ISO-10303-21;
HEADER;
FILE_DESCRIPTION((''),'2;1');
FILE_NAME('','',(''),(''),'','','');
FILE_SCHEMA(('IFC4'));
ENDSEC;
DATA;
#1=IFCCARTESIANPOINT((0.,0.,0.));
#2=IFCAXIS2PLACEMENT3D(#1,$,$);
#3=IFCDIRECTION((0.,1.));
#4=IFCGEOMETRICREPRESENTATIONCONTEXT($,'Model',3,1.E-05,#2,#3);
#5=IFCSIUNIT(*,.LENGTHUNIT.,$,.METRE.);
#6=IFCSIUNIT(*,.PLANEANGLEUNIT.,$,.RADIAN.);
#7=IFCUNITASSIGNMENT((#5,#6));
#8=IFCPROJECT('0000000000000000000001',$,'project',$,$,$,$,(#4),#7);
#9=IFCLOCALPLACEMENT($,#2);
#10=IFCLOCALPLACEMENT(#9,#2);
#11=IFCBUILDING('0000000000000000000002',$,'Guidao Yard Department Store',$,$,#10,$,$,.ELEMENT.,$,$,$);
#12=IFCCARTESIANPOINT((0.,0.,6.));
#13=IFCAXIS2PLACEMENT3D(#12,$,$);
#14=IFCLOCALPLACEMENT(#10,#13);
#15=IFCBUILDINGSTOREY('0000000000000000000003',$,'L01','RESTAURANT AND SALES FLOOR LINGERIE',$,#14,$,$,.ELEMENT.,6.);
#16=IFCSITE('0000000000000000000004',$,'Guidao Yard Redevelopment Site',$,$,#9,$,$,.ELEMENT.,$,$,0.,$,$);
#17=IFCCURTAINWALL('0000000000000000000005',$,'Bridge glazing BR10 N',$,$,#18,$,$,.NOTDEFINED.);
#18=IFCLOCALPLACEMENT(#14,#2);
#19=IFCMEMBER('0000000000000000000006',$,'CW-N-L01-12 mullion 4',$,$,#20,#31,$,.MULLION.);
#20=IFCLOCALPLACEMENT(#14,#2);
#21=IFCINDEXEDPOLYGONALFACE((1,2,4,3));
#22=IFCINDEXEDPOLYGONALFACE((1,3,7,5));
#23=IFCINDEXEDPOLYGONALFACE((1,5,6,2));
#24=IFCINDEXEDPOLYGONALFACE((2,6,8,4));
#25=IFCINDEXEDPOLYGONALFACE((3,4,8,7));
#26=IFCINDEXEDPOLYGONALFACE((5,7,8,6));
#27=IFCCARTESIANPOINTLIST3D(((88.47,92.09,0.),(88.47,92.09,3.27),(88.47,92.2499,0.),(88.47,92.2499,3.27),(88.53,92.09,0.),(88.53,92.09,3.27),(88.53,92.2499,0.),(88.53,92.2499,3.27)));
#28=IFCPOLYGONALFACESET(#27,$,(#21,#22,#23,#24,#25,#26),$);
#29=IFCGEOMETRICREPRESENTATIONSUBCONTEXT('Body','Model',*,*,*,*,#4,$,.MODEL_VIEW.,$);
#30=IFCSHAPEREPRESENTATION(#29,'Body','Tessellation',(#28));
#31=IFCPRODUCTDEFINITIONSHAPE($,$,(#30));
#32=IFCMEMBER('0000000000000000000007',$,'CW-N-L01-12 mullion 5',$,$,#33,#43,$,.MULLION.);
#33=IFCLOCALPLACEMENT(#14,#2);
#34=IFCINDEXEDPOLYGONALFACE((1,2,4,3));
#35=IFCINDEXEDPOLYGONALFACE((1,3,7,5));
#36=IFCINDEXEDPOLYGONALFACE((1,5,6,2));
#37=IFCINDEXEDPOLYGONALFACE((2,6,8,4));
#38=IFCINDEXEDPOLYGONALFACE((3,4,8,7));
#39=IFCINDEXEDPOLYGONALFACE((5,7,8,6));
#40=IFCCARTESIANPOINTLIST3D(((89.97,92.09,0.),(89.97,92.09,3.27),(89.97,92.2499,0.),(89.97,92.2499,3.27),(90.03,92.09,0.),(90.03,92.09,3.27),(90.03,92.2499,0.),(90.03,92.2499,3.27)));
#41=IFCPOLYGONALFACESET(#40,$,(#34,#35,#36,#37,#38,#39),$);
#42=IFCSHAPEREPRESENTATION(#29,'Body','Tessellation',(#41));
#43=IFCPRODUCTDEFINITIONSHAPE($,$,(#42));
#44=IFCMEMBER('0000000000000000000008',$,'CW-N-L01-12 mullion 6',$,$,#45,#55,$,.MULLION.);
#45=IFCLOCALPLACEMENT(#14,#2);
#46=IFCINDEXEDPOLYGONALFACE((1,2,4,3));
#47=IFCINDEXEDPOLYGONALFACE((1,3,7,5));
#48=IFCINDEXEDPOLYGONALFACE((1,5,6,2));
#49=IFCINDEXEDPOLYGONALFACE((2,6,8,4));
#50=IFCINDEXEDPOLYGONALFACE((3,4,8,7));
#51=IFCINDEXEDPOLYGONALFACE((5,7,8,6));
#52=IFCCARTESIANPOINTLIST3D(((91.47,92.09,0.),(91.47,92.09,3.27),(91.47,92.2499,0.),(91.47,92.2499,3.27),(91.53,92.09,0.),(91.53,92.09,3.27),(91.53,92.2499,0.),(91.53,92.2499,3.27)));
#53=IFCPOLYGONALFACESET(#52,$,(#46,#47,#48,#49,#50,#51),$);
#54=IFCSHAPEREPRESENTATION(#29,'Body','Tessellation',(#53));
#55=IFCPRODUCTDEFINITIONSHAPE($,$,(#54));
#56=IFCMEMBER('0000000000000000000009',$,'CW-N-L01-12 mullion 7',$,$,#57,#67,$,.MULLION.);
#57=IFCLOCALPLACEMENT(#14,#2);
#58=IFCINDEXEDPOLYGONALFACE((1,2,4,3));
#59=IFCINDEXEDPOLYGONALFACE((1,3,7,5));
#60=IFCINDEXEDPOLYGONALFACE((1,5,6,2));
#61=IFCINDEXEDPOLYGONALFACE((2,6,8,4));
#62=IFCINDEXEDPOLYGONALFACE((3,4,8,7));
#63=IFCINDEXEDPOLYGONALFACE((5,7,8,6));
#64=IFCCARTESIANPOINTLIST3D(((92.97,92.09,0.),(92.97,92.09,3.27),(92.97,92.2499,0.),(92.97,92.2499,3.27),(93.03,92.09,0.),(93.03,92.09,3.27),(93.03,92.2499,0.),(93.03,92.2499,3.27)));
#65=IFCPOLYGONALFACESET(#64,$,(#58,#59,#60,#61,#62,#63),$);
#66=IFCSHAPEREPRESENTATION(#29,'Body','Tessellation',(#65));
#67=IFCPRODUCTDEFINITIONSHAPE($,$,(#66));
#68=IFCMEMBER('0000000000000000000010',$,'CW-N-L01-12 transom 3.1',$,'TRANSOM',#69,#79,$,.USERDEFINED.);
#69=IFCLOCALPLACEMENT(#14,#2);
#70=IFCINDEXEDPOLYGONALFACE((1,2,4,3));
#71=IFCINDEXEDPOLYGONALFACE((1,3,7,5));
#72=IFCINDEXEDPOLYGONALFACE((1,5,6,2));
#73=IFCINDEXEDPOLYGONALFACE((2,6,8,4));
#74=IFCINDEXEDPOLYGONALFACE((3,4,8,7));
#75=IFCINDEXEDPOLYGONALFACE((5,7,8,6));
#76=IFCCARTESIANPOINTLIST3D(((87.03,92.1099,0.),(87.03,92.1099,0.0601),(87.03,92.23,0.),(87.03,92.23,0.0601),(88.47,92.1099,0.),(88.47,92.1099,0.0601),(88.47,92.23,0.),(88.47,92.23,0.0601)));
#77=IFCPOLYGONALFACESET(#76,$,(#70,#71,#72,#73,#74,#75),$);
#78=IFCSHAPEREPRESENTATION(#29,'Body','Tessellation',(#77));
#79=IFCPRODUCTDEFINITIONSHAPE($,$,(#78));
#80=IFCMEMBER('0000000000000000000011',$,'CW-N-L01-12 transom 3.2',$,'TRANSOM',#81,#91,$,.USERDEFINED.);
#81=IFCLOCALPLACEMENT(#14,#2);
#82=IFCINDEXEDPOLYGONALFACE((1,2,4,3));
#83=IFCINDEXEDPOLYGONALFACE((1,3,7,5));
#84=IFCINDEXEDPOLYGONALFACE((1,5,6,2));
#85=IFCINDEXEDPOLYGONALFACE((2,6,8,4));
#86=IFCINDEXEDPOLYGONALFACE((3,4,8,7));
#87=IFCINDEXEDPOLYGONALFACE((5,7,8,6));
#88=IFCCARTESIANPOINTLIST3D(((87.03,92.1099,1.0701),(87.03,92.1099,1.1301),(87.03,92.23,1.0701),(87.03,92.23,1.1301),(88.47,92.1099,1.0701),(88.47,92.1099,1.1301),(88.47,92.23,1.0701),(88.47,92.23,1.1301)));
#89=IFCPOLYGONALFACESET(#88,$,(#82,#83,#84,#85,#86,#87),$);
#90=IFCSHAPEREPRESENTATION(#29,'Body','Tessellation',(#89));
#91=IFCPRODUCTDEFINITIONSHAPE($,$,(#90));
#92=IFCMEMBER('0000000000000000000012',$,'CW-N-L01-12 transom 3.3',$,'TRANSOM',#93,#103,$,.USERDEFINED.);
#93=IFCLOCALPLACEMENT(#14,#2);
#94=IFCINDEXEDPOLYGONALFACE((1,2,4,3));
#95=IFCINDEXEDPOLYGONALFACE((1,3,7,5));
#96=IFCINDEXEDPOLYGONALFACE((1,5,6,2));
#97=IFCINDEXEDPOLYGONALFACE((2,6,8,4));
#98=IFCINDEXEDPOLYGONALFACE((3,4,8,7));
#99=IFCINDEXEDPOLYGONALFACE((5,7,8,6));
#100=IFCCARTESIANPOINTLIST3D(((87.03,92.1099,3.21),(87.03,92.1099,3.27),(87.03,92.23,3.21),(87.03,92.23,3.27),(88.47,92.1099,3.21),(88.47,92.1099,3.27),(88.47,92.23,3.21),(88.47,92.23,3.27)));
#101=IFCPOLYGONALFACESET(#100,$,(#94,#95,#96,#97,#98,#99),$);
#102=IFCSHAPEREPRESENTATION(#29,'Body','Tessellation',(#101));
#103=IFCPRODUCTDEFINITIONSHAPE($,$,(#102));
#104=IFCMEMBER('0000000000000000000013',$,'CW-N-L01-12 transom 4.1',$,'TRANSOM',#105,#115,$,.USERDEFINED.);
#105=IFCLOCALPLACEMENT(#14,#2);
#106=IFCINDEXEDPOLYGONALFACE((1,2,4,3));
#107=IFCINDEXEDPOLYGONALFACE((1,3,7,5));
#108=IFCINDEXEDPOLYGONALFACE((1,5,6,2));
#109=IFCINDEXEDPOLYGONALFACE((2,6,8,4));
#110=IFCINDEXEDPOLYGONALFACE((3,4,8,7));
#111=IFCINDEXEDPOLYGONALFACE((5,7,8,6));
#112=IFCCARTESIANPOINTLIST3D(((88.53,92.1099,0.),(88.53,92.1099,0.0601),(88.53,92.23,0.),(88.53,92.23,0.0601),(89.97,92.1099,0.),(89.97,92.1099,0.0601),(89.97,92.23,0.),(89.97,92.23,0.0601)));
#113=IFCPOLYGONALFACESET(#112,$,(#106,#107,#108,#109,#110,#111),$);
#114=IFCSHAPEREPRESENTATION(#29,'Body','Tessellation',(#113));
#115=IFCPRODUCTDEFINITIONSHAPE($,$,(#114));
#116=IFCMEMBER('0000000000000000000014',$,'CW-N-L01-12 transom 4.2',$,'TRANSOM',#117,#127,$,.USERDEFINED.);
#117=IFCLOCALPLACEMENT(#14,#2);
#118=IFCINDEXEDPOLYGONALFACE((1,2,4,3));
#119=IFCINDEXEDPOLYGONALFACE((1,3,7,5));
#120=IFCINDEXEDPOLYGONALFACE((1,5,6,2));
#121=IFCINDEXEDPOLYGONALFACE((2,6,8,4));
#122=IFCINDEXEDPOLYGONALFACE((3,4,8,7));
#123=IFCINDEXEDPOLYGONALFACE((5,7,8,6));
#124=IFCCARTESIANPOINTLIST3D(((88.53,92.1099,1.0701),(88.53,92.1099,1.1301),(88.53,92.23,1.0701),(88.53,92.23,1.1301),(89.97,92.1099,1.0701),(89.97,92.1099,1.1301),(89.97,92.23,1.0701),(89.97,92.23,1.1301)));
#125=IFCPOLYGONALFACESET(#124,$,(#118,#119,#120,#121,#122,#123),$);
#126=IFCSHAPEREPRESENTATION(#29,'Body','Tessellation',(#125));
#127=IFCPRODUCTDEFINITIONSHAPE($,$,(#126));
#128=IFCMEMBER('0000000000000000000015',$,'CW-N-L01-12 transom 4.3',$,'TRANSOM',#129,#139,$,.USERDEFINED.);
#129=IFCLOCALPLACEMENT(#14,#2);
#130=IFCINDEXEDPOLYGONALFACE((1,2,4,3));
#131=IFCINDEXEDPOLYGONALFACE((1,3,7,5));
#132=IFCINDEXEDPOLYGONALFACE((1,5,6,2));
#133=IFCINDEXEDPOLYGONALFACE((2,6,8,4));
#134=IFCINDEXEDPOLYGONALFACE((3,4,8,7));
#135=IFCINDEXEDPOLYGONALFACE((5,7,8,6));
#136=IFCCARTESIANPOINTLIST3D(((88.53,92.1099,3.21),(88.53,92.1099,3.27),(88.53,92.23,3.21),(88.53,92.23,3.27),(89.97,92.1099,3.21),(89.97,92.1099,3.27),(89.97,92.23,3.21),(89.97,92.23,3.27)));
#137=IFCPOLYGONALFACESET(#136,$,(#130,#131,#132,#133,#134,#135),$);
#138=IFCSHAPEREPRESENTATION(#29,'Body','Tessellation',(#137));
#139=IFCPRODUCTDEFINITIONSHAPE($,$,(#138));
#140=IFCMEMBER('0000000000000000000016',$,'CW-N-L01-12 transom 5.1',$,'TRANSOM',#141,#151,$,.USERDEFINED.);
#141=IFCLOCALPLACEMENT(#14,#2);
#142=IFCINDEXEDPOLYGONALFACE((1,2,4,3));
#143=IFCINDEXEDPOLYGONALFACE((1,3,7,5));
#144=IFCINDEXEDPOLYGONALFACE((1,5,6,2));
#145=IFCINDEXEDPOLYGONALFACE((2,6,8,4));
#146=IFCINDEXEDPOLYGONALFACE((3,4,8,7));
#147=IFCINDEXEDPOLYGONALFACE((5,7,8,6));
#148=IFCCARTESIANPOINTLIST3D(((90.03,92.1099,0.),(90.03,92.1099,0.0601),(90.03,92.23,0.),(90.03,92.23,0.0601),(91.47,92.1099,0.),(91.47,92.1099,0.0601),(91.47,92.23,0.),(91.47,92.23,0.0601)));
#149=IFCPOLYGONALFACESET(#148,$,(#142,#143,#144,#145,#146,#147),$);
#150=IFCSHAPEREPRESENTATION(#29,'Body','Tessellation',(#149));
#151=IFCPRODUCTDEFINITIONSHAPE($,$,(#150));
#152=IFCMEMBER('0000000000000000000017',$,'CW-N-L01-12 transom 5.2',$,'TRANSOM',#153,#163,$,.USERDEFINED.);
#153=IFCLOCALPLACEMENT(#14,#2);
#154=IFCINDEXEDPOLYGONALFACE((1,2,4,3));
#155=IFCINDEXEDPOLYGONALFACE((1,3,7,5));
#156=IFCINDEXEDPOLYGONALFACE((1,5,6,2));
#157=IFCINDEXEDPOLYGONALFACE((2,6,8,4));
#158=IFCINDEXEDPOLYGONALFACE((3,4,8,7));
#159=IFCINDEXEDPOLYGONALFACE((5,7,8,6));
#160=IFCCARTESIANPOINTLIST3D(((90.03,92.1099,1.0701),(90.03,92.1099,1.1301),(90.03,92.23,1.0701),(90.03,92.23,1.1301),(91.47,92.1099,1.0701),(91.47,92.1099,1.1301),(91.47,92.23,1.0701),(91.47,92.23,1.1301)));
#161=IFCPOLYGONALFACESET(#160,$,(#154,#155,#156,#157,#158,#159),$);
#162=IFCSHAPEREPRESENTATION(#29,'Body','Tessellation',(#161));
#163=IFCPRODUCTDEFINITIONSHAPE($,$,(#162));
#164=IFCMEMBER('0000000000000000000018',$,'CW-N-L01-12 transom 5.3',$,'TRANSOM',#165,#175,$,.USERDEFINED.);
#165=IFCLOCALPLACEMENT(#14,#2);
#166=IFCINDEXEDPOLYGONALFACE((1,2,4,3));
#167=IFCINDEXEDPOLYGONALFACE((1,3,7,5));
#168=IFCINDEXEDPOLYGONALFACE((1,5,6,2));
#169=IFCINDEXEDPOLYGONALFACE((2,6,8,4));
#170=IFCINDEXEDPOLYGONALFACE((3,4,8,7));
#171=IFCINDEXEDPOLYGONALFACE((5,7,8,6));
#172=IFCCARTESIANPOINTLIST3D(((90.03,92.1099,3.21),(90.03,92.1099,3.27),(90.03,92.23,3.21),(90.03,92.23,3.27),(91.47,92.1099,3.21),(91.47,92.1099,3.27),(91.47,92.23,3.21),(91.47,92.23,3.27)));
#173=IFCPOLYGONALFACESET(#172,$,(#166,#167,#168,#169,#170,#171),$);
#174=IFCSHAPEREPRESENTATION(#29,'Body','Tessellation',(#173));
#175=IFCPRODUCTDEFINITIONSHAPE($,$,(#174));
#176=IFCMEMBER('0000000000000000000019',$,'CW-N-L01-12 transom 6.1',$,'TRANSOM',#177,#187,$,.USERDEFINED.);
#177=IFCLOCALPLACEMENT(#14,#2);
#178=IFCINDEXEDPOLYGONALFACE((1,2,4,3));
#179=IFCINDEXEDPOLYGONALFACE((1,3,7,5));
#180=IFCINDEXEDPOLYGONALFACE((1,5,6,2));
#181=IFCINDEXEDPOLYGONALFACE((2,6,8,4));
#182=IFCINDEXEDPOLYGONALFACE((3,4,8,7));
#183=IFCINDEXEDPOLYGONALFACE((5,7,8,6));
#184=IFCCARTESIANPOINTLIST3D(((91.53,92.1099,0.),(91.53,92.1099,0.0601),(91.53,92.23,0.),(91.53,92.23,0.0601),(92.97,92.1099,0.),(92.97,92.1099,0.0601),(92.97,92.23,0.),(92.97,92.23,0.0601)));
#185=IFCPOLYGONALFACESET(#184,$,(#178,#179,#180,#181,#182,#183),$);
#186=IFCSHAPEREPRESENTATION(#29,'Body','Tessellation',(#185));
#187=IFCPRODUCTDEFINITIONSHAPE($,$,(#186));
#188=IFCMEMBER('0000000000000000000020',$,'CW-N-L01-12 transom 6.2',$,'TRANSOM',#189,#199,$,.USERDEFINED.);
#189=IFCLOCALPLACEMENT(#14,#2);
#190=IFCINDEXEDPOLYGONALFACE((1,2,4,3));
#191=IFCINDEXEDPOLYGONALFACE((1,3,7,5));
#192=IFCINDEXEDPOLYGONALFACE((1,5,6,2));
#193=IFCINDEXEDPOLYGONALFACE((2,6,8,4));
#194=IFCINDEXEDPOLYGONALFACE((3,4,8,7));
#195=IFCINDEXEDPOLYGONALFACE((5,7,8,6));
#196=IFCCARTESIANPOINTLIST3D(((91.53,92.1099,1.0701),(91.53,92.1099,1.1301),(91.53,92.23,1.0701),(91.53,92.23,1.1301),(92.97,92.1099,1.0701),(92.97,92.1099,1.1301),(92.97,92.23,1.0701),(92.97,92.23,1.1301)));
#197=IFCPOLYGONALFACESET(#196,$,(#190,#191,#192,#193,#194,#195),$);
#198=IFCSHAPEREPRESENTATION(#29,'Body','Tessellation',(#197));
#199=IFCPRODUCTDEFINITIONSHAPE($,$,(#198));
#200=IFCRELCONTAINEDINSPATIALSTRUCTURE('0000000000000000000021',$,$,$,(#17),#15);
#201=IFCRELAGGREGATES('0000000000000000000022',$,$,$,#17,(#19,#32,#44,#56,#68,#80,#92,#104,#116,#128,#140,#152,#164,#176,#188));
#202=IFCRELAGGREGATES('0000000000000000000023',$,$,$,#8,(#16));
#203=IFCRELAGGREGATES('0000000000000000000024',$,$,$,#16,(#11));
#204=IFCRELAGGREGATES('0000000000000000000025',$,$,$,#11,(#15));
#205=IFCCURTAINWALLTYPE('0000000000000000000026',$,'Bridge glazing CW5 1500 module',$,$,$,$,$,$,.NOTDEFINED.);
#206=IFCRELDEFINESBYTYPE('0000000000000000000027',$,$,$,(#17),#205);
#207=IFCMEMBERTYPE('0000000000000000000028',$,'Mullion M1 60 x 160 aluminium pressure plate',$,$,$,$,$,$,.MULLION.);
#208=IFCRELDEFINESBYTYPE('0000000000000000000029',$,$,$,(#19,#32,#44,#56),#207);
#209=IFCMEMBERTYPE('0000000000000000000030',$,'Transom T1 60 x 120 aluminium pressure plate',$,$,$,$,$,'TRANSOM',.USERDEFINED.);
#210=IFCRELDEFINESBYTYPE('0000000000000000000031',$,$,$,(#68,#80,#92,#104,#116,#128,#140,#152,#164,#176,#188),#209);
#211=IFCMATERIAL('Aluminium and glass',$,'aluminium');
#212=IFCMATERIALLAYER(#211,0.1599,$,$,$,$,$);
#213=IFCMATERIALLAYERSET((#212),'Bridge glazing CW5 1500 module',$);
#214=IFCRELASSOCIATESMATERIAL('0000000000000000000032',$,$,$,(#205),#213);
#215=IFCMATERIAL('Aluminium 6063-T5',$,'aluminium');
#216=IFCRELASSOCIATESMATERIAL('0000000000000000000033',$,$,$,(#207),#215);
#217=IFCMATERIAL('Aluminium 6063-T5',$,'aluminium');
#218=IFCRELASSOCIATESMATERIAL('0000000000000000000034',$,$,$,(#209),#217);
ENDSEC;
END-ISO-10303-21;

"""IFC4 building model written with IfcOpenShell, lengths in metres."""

from ifc_helpers import new_model, si_unit, direction, frame, origin, origin_2d, place, context, subcontext, project, spatial, rectangle, extrude, material, layer, layer_set, material_profile, profile_set, type_object, element, aggregate, save


model = new_model("IFC4")

# Units and contexts
model_context = context("Model", 3, precision=1e-05, world=origin(), true_north=direction((0.0, 1.0)))
body_context = subcontext(model_context, "Body", "Model", "MODEL_VIEW")
ifc_project = project(units=[si_unit("LENGTHUNIT", "METRE"), si_unit("PLANEANGLEUNIT", "RADIAN")], contexts=[model_context])

# Site, building, storey
site_placement = place(None, origin())
site = spatial("IfcSite", under=ifc_project, at=site_placement, Name="Guidao Yard Redevelopment Site", CompositionType="ELEMENT", RefElevation=0.0)
building_placement = place(site_placement, origin())
building = spatial("IfcBuilding", under=site, at=building_placement, Name="Guidao Yard Department Store", CompositionType="ELEMENT")
storey_placement = place(building_placement, frame((0.0, 0.0, 6.0)))
storey = spatial("IfcBuildingStorey", under=building, at=storey_placement, Name="L01", Description="RESTAURANT AND SALES FLOOR LINGERIE", CompositionType="ELEMENT", Elevation=6.0)

# Curtain wall, members
ifc_material_1 = material(Name="Aluminium and glass", Category="aluminium")
ifc_layer_1 = layer(ifc_material_1, 0.1599)
ifc_layer_set_1 = layer_set([ifc_layer_1], Name="Bridge glazing CW5 1500 module")
curtain_wall_type = type_object("IfcCurtainWallType", Name="Bridge glazing CW5 1500 module", PredefinedType="NOTDEFINED", material=ifc_layer_set_1)
curtain_wall_placement = place(storey_placement, origin())
curtain_wall = element("IfcCurtainWall", 1, at=curtain_wall_placement, inside=storey, type_object=curtain_wall_type, Name="Bridge glazing BR10 N", PredefinedType="NOTDEFINED")
ifc_material_2 = material(Name="Aluminium 6063-T5", Category="aluminium")
ifc_material_profile_1 = material_profile(ifc_material_2, rectangle(XDim=0.0601, YDim=0.1599, at=origin_2d()), Name="Mullion M1 60 x 160 aluminium pressure plate")
ifc_profile_set_1 = profile_set([ifc_material_profile_1], Name="Aluminium 6063-T5")
member_type_1 = type_object("IfcMemberType", Name="Mullion M1 60 x 160 aluminium pressure plate", PredefinedType="MULLION", material=ifc_profile_set_1)
member_1_placement = place(storey_placement, frame((88.5, 92.1699, 0.0), z_axis=(0.0, 0.0, 1.0), x_axis=(1.0, 0.0, 0.0)))
member_1 = element("IfcMember", 2, at=member_1_placement, type_object=member_type_1, Name="CW-N-L01-12 mullion 4", PredefinedType="MULLION", context=body_context, shape_type="SweptSolid", body=[
    extrude(rectangle(XDim=0.0601, YDim=0.1599, at=origin_2d()), origin(), (0.0, 0.0, 1.0), 3.27),
])
member_2_placement = place(storey_placement, frame((90.0, 92.1699, 0.0), z_axis=(0.0, 0.0, 1.0), x_axis=(1.0, 0.0, 0.0)))
member_2 = element("IfcMember", 3, at=member_2_placement, type_object=member_type_1, Name="CW-N-L01-12 mullion 5", PredefinedType="MULLION", context=body_context, shape_type="SweptSolid", body=[
    extrude(rectangle(XDim=0.0601, YDim=0.1599, at=origin_2d()), origin(), (0.0, 0.0, 1.0), 3.27),
])
member_3_placement = place(storey_placement, frame((91.5, 92.1699, 0.0), z_axis=(0.0, 0.0, 1.0), x_axis=(1.0, 0.0, 0.0)))
member_3 = element("IfcMember", 4, at=member_3_placement, type_object=member_type_1, Name="CW-N-L01-12 mullion 6", PredefinedType="MULLION", context=body_context, shape_type="SweptSolid", body=[
    extrude(rectangle(XDim=0.0601, YDim=0.1599, at=origin_2d()), origin(), (0.0, 0.0, 1.0), 3.27),
])
member_4_placement = place(storey_placement, frame((93.0, 92.1699, 0.0), z_axis=(0.0, 0.0, 1.0), x_axis=(1.0, 0.0, 0.0)))
member_4 = element("IfcMember", 5, at=member_4_placement, type_object=member_type_1, Name="CW-N-L01-12 mullion 7", PredefinedType="MULLION", context=body_context, shape_type="SweptSolid", body=[
    extrude(rectangle(XDim=0.0601, YDim=0.1599, at=origin_2d()), origin(), (0.0, 0.0, 1.0), 3.27),
])
ifc_material_3 = material(Name="Aluminium 6063-T5", Category="aluminium")
ifc_material_profile_2 = material_profile(ifc_material_3, rectangle(XDim=0.1201, YDim=0.0601, at=origin_2d()), Name="Transom T1 60 x 120 aluminium pressure plate")
ifc_profile_set_2 = profile_set([ifc_material_profile_2], Name="Aluminium 6063-T5")
member_type_2 = type_object("IfcMemberType", Name="Transom T1 60 x 120 aluminium pressure plate", ElementType="TRANSOM", PredefinedType="USERDEFINED", material=ifc_profile_set_2)
member_5_placement = place(storey_placement, frame((87.03, 92.1699, 0.03), z_axis=(1.0, 0.0, 0.0), x_axis=(0.0, 1.0, 0.0)))
member_5 = element("IfcMember", 6, at=member_5_placement, type_object=member_type_2, Name="CW-N-L01-12 transom 3.1", ObjectType="TRANSOM", PredefinedType="USERDEFINED", context=body_context, shape_type="SweptSolid", body=[
    extrude(rectangle(XDim=0.1201, YDim=0.0601, at=origin_2d()), origin(), (0.0, 0.0, 1.0), 1.4399),
])
member_6_placement = place(storey_placement, frame((87.03, 92.1699, 1.1001), z_axis=(1.0, 0.0, 0.0), x_axis=(0.0, 1.0, 0.0)))
member_6 = element("IfcMember", 7, at=member_6_placement, type_object=member_type_2, Name="CW-N-L01-12 transom 3.2", ObjectType="TRANSOM", PredefinedType="USERDEFINED", context=body_context, shape_type="SweptSolid", body=[
    extrude(rectangle(XDim=0.1201, YDim=0.0601, at=origin_2d()), origin(), (0.0, 0.0, 1.0), 1.4399),
])
member_7_placement = place(storey_placement, frame((87.03, 92.1699, 3.24), z_axis=(1.0, 0.0, 0.0), x_axis=(0.0, 1.0, 0.0)))
member_7 = element("IfcMember", 8, at=member_7_placement, type_object=member_type_2, Name="CW-N-L01-12 transom 3.3", ObjectType="TRANSOM", PredefinedType="USERDEFINED", context=body_context, shape_type="SweptSolid", body=[
    extrude(rectangle(XDim=0.1201, YDim=0.0601, at=origin_2d()), origin(), (0.0, 0.0, 1.0), 1.4399),
])
member_8_placement = place(storey_placement, frame((88.53, 92.1699, 0.03), z_axis=(1.0, 0.0, 0.0), x_axis=(0.0, 1.0, 0.0)))
member_8 = element("IfcMember", 9, at=member_8_placement, type_object=member_type_2, Name="CW-N-L01-12 transom 4.1", ObjectType="TRANSOM", PredefinedType="USERDEFINED", context=body_context, shape_type="SweptSolid", body=[
    extrude(rectangle(XDim=0.1201, YDim=0.0601, at=origin_2d()), origin(), (0.0, 0.0, 1.0), 1.4399),
])
member_9_placement = place(storey_placement, frame((88.53, 92.1699, 1.1001), z_axis=(1.0, 0.0, 0.0), x_axis=(0.0, 1.0, 0.0)))
member_9 = element("IfcMember", 10, at=member_9_placement, type_object=member_type_2, Name="CW-N-L01-12 transom 4.2", ObjectType="TRANSOM", PredefinedType="USERDEFINED", context=body_context, shape_type="SweptSolid", body=[
    extrude(rectangle(XDim=0.1201, YDim=0.0601, at=origin_2d()), origin(), (0.0, 0.0, 1.0), 1.4399),
])
member_10_placement = place(storey_placement, frame((88.53, 92.1699, 3.24), z_axis=(1.0, 0.0, 0.0), x_axis=(0.0, 1.0, 0.0)))
member_10 = element("IfcMember", 11, at=member_10_placement, type_object=member_type_2, Name="CW-N-L01-12 transom 4.3", ObjectType="TRANSOM", PredefinedType="USERDEFINED", context=body_context, shape_type="SweptSolid", body=[
    extrude(rectangle(XDim=0.1201, YDim=0.0601, at=origin_2d()), origin(), (0.0, 0.0, 1.0), 1.4399),
])
member_11_placement = place(storey_placement, frame((90.03, 92.1699, 0.03), z_axis=(1.0, 0.0, 0.0), x_axis=(0.0, 1.0, 0.0)))
member_11 = element("IfcMember", 12, at=member_11_placement, type_object=member_type_2, Name="CW-N-L01-12 transom 5.1", ObjectType="TRANSOM", PredefinedType="USERDEFINED", context=body_context, shape_type="SweptSolid", body=[
    extrude(rectangle(XDim=0.1201, YDim=0.0601, at=origin_2d()), origin(), (0.0, 0.0, 1.0), 1.4399),
])
member_12_placement = place(storey_placement, frame((90.03, 92.1699, 1.1001), z_axis=(1.0, 0.0, 0.0), x_axis=(0.0, 1.0, 0.0)))
member_12 = element("IfcMember", 13, at=member_12_placement, type_object=member_type_2, Name="CW-N-L01-12 transom 5.2", ObjectType="TRANSOM", PredefinedType="USERDEFINED", context=body_context, shape_type="SweptSolid", body=[
    extrude(rectangle(XDim=0.1201, YDim=0.0601, at=origin_2d()), origin(), (0.0, 0.0, 1.0), 1.4399),
])
member_13_placement = place(storey_placement, frame((90.03, 92.1699, 3.24), z_axis=(1.0, 0.0, 0.0), x_axis=(0.0, 1.0, 0.0)))
member_13 = element("IfcMember", 14, at=member_13_placement, type_object=member_type_2, Name="CW-N-L01-12 transom 5.3", ObjectType="TRANSOM", PredefinedType="USERDEFINED", context=body_context, shape_type="SweptSolid", body=[
    extrude(rectangle(XDim=0.1201, YDim=0.0601, at=origin_2d()), origin(), (0.0, 0.0, 1.0), 1.4399),
])
member_14_placement = place(storey_placement, frame((91.53, 92.1699, 0.03), z_axis=(1.0, 0.0, 0.0), x_axis=(0.0, 1.0, 0.0)))
member_14 = element("IfcMember", 15, at=member_14_placement, type_object=member_type_2, Name="CW-N-L01-12 transom 6.1", ObjectType="TRANSOM", PredefinedType="USERDEFINED", context=body_context, shape_type="SweptSolid", body=[
    extrude(rectangle(XDim=0.1201, YDim=0.0601, at=origin_2d()), origin(), (0.0, 0.0, 1.0), 1.4399),
])
member_15_placement = place(storey_placement, frame((91.53, 92.1699, 1.1001), z_axis=(1.0, 0.0, 0.0), x_axis=(0.0, 1.0, 0.0)))
member_15 = element("IfcMember", 16, at=member_15_placement, type_object=member_type_2, Name="CW-N-L01-12 transom 6.2", ObjectType="TRANSOM", PredefinedType="USERDEFINED", context=body_context, shape_type="SweptSolid", body=[
    extrude(rectangle(XDim=0.1201, YDim=0.0601, at=origin_2d()), origin(), (0.0, 0.0, 1.0), 1.4399),
])
aggregate(curtain_wall, [member_1, member_2, member_3, member_4, member_5, member_6, member_7, member_8, member_9, member_10, member_11, member_12, member_13, member_14, member_15])

save(model, "model.ifc")
